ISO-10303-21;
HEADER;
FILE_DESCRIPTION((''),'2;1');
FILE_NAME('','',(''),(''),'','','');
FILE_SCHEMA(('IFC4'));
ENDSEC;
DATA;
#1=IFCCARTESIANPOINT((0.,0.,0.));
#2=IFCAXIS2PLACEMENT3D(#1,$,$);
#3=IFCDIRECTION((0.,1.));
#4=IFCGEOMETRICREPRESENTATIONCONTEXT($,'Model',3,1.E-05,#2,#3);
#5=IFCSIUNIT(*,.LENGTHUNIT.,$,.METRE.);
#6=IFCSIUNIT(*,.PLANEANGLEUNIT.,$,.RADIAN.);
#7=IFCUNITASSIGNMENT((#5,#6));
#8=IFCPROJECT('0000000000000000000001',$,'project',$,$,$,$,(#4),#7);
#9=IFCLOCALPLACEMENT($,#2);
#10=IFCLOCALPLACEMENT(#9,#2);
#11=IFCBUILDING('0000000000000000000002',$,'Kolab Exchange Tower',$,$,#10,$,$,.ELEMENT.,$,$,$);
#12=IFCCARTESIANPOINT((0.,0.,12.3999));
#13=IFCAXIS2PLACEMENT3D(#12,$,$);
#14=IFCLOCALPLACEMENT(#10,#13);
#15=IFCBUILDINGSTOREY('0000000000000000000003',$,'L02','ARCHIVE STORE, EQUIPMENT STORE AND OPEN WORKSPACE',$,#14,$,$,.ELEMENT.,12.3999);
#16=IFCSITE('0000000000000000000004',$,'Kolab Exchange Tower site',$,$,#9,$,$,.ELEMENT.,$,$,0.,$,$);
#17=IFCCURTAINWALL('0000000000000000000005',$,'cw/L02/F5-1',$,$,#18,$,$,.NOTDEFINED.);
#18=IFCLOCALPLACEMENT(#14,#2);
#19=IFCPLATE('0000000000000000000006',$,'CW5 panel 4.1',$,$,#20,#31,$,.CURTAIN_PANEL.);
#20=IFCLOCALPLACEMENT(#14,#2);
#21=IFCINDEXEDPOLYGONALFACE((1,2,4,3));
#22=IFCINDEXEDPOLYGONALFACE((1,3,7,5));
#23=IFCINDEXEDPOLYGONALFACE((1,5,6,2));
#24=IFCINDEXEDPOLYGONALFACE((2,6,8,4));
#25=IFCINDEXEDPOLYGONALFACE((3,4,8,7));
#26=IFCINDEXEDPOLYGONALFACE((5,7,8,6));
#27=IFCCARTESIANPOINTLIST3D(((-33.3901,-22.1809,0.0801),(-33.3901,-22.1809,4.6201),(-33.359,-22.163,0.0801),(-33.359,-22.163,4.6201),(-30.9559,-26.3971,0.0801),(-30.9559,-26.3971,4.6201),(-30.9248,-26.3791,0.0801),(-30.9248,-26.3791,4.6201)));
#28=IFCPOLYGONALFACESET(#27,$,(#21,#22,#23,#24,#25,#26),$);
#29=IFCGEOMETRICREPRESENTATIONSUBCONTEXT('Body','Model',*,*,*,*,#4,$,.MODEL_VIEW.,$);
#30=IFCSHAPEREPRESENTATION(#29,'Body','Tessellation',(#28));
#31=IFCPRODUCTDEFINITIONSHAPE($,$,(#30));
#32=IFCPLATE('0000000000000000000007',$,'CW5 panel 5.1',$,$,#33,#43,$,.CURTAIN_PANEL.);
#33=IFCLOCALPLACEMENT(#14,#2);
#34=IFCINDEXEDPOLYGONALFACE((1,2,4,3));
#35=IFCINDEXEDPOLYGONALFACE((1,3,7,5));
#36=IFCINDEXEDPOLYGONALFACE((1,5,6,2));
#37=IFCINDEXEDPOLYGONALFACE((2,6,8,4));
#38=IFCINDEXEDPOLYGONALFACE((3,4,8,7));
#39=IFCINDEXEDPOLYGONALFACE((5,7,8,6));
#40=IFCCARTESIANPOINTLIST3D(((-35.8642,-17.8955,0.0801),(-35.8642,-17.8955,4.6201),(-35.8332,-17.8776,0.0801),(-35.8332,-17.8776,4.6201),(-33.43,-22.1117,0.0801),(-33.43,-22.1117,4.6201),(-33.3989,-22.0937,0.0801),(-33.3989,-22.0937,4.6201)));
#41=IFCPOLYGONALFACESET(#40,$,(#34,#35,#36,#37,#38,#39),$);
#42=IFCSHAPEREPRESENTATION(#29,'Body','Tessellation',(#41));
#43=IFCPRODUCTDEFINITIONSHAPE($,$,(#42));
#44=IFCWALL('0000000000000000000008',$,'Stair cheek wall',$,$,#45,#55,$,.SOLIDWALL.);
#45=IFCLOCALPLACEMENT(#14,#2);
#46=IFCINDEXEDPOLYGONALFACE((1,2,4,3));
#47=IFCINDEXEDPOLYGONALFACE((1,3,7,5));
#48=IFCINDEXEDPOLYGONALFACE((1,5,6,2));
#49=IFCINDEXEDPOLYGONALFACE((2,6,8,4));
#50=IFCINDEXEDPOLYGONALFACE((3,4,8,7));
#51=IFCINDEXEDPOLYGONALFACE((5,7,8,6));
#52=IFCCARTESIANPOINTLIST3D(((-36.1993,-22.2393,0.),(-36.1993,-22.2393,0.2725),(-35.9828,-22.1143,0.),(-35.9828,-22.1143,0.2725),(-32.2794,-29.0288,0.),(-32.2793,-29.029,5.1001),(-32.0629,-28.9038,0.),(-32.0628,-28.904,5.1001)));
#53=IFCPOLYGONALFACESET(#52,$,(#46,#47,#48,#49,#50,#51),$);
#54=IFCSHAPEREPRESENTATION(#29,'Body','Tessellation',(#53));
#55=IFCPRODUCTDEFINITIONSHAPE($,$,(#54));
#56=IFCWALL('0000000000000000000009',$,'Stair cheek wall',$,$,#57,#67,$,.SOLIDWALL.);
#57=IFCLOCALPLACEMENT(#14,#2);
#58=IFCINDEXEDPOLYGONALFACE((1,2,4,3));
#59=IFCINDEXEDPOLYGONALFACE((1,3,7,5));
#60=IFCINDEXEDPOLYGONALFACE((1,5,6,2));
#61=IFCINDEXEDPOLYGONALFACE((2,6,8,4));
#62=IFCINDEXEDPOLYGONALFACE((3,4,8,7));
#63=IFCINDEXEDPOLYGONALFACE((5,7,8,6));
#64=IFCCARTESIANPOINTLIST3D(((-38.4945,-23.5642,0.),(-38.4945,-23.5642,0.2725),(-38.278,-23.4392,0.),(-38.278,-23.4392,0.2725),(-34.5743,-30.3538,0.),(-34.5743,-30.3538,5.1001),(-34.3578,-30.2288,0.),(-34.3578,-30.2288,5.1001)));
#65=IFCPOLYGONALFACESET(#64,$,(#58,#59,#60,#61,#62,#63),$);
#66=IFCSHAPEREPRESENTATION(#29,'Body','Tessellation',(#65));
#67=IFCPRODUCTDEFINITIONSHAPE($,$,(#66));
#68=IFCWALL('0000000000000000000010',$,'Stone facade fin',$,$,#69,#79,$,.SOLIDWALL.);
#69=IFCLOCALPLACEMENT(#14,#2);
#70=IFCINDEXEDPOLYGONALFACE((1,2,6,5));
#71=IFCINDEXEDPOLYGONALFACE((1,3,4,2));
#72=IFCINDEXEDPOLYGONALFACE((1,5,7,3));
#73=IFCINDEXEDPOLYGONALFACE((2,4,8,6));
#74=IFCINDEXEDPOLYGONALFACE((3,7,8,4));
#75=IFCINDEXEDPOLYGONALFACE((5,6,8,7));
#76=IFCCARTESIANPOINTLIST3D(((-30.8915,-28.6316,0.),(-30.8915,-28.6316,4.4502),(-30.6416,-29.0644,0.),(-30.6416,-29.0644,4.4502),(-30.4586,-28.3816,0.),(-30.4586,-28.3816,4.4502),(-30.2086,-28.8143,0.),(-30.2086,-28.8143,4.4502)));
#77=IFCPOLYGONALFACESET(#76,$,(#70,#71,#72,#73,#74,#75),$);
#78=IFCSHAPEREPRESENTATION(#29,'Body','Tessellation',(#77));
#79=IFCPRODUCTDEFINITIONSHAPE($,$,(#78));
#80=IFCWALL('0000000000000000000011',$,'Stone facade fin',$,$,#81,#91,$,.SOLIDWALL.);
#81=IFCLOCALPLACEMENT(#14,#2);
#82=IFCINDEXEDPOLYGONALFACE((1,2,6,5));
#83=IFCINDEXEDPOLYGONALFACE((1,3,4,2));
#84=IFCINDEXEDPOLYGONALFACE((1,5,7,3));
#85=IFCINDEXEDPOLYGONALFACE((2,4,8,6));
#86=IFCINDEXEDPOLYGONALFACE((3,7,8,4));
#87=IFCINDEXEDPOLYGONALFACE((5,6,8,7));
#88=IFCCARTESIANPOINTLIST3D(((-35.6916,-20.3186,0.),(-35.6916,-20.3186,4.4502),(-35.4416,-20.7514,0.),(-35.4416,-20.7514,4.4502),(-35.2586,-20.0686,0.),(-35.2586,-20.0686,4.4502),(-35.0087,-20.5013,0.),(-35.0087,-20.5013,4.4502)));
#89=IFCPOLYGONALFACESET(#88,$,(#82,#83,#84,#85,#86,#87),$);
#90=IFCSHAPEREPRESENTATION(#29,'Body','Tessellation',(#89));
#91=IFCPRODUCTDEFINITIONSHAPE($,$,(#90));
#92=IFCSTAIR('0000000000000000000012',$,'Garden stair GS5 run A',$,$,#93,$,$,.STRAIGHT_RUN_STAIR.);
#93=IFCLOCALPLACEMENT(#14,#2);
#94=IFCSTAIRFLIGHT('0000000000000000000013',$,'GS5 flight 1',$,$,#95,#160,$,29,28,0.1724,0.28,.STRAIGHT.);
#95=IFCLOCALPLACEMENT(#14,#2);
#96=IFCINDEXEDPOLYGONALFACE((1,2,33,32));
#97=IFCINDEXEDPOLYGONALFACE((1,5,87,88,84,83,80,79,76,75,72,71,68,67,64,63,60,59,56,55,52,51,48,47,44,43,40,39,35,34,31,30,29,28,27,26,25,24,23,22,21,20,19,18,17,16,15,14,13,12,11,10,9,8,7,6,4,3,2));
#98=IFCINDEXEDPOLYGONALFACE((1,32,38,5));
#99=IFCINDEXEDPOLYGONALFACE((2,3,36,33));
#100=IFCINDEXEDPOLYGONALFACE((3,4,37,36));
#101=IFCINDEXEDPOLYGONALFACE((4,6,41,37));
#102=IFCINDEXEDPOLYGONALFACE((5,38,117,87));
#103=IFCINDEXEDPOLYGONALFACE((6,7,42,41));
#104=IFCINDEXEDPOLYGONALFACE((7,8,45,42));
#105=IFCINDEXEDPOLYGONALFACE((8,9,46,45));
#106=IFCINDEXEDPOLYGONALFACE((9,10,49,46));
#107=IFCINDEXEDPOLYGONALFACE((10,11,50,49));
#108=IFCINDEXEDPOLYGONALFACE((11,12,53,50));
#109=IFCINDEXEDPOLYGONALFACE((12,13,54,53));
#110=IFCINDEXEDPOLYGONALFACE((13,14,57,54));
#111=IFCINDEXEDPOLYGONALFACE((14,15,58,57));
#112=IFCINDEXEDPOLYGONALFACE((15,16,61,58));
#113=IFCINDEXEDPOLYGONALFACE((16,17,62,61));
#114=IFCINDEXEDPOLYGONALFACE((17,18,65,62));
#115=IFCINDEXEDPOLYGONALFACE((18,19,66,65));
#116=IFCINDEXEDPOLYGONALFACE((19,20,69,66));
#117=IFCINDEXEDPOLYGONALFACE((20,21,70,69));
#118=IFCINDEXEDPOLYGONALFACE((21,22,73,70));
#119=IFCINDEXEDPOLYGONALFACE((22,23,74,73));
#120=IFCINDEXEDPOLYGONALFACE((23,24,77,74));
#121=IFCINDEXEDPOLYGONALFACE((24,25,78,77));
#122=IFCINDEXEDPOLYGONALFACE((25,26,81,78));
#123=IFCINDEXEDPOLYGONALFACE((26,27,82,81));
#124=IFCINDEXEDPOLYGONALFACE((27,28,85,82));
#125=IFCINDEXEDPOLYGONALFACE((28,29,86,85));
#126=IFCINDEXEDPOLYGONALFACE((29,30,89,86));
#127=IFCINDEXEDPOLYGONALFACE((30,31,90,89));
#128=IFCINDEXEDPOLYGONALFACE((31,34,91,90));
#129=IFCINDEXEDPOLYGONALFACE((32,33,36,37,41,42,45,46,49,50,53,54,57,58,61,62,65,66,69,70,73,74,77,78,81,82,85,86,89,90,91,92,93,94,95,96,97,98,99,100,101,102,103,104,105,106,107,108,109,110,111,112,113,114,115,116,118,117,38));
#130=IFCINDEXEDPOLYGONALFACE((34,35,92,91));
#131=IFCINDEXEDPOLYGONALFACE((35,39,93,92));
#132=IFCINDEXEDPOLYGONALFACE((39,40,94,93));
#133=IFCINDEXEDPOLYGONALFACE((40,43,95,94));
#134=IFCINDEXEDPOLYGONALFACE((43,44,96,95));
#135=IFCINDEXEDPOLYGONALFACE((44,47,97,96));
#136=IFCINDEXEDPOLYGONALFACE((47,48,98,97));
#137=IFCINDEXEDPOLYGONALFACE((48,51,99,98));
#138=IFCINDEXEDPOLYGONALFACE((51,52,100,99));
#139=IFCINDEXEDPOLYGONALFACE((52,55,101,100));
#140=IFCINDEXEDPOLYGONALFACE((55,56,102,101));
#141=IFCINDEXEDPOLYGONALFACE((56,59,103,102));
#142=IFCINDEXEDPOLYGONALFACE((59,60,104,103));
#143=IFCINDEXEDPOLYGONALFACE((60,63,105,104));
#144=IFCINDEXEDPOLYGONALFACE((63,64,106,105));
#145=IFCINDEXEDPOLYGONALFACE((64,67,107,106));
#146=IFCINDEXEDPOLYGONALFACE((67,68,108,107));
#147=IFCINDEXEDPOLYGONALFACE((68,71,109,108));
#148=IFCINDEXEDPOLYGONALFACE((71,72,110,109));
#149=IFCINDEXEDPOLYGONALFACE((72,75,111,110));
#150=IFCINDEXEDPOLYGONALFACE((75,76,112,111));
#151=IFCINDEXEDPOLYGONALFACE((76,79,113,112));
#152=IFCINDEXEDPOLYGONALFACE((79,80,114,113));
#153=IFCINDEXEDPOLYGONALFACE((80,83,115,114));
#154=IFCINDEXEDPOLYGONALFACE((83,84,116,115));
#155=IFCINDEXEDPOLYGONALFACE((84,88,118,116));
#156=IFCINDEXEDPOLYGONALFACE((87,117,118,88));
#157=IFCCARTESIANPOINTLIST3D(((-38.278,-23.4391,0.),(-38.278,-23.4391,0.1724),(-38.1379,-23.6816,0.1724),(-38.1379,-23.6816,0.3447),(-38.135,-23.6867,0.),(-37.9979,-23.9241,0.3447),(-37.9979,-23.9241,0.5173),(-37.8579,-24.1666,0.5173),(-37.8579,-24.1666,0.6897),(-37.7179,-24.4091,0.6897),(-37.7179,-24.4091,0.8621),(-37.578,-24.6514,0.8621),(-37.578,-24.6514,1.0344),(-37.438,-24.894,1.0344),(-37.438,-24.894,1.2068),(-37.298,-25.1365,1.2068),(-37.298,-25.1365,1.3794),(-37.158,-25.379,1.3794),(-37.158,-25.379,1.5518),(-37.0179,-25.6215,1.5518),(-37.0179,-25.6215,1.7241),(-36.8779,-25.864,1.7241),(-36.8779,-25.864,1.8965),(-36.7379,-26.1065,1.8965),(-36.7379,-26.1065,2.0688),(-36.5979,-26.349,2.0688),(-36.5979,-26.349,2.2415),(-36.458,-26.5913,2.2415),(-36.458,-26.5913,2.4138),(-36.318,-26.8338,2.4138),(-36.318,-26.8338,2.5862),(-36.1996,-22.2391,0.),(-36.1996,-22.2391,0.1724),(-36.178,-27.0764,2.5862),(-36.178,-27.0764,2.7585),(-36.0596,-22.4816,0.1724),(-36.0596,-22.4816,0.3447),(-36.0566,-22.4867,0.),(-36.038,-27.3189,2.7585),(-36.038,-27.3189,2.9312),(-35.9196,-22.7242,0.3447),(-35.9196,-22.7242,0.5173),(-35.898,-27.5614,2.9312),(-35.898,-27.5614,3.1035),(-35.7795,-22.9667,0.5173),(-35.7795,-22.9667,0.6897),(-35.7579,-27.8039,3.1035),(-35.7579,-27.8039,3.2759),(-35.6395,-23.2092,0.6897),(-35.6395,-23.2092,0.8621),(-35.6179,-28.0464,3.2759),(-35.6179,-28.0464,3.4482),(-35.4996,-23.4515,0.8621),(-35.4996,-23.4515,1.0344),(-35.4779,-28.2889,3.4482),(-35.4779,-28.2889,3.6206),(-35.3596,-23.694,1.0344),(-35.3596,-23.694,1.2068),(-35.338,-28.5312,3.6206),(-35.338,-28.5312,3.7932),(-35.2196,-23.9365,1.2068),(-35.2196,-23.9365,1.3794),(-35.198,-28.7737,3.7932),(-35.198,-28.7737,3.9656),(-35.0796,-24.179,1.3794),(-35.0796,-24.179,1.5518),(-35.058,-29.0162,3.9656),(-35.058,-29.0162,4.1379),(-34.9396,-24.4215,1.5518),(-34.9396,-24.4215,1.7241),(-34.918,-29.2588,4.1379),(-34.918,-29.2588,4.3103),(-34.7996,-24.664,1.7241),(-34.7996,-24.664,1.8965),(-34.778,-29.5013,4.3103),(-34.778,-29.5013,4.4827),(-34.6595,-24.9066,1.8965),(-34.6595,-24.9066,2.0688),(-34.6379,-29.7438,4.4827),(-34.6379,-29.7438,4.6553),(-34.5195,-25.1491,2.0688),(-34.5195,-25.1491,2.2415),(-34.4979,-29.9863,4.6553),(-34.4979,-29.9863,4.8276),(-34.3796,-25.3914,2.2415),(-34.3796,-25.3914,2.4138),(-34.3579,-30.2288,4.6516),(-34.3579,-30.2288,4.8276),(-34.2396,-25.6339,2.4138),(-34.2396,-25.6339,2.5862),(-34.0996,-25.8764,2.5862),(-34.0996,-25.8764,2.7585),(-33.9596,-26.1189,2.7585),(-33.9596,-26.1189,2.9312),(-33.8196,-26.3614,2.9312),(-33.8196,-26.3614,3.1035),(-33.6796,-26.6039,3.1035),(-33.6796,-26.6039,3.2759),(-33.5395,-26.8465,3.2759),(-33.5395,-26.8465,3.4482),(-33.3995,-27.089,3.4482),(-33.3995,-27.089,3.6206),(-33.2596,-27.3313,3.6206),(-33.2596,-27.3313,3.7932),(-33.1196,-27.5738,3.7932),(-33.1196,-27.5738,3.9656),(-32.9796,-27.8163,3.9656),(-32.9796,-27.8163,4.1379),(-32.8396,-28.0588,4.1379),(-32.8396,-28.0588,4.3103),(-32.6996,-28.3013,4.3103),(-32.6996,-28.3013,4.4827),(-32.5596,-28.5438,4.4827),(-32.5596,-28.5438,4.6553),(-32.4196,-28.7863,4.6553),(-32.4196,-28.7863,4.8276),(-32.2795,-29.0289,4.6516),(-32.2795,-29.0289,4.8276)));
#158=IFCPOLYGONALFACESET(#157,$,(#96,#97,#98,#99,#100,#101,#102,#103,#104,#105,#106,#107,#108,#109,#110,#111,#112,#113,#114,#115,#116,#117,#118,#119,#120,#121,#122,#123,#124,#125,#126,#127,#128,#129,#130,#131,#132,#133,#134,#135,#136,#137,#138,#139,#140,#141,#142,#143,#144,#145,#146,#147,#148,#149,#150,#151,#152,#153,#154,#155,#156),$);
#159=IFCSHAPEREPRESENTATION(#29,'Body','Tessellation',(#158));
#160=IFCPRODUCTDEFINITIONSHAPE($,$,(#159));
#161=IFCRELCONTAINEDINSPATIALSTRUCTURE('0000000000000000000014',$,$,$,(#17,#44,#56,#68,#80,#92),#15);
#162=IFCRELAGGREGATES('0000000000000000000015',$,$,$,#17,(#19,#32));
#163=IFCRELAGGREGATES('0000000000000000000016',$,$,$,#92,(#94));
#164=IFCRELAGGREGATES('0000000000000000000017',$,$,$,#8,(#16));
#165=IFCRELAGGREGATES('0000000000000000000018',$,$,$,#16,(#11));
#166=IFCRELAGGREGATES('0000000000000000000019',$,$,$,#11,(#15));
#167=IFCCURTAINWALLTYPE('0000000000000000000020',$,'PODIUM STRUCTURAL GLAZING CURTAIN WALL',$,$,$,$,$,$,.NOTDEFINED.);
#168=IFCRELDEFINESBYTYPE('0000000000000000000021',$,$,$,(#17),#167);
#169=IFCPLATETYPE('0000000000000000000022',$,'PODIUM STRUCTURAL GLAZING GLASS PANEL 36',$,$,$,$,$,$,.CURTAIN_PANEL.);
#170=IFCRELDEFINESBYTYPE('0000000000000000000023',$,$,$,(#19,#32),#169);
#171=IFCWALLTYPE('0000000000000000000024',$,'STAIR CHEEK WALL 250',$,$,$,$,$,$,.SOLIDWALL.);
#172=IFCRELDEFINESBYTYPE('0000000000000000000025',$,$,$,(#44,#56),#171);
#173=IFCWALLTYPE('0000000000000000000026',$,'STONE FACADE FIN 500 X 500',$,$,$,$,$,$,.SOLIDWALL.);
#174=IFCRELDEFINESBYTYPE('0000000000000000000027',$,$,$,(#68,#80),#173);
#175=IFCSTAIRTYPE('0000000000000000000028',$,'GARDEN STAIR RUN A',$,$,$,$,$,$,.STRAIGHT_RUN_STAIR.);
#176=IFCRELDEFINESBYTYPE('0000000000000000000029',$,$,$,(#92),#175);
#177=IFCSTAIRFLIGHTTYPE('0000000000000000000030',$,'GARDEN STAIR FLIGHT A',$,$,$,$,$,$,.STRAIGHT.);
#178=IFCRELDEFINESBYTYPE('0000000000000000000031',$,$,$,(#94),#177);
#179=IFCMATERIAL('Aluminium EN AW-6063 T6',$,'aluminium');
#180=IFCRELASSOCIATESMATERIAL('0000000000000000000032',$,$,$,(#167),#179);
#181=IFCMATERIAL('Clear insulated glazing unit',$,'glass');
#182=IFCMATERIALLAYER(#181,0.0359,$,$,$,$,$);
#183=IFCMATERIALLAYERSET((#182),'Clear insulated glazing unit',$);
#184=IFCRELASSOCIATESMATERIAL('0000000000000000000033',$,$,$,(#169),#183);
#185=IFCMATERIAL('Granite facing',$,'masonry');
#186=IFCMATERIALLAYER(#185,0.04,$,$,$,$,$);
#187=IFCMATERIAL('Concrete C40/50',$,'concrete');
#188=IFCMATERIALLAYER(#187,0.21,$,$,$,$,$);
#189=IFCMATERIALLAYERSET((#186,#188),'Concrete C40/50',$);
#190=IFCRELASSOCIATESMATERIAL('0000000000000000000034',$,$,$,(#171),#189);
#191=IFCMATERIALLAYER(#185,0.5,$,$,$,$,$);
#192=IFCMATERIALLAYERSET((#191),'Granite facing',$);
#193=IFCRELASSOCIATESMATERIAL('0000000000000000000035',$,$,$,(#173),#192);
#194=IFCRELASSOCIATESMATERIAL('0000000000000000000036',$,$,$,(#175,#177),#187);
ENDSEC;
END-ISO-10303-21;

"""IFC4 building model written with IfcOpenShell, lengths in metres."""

from ifc_helpers import new_model, si_unit, direction, frame, frame_2d, origin, origin_2d, place, context, subcontext, project, spatial, polyline, rectangle, outline, extrude, material, layer, layer_set, type_object, element, aggregate, save


model = new_model("IFC4")

# Units and contexts
model_context = context("Model", 3, precision=1e-05, world=origin(), true_north=direction((0.0, 1.0)))
body_context = subcontext(model_context, "Body", "Model", "MODEL_VIEW")
ifc_project = project(units=[si_unit("LENGTHUNIT", "METRE"), si_unit("PLANEANGLEUNIT", "RADIAN")], contexts=[model_context])

# Site, building, storey
site_placement = place(None, origin())
site = spatial("IfcSite", under=ifc_project, at=site_placement, Name="Kolab Exchange Tower site", CompositionType="ELEMENT", RefElevation=0.0)
building_placement = place(site_placement, origin())
building = spatial("IfcBuilding", under=site, at=building_placement, Name="Kolab Exchange Tower", CompositionType="ELEMENT")
storey_placement = place(building_placement, frame((0.0, 0.0, 12.3999)))
storey = spatial("IfcBuildingStorey", under=building, at=storey_placement, Name="L02", Description="ARCHIVE STORE, EQUIPMENT STORE AND OPEN WORKSPACE", CompositionType="ELEMENT", Elevation=12.3999)

# Curtain wall
ifc_material_1 = material(Name="Aluminium EN AW-6063 T6", Category="aluminium")
curtain_wall_type = type_object("IfcCurtainWallType", Name="PODIUM STRUCTURAL GLAZING CURTAIN WALL", PredefinedType="NOTDEFINED", material=ifc_material_1)
curtain_wall_placement = place(storey_placement, origin())
curtain_wall = element("IfcCurtainWall", 1, at=curtain_wall_placement, inside=storey, type_object=curtain_wall_type, Name="cw/L02/F5-1", PredefinedType="NOTDEFINED")

# Plates
ifc_material_2 = material(Name="Clear insulated glazing unit", Category="glass")
ifc_layer_1 = layer(ifc_material_2, 0.0359)
ifc_layer_set_1 = layer_set([ifc_layer_1], Name="Clear insulated glazing unit")
plate_type = type_object("IfcPlateType", Name="PODIUM STRUCTURAL GLAZING GLASS PANEL 36", PredefinedType="CURTAIN_PANEL", material=ifc_layer_set_1)
plate_1_placement = place(storey_placement, frame((-32.1575, -24.28, 0.0801), z_axis=(0.0, 0.0, 1.0), x_axis=(-0.5, 0.866025, 0.0)))
plate_1 = element("IfcPlate", 2, at=plate_1_placement, type_object=plate_type, Name="CW5 panel 4.1", PredefinedType="CURTAIN_PANEL", context=body_context, shape_type="SweptSolid", body=[
    extrude(rectangle(XDim=4.8684, YDim=0.0359, at=origin_2d()), origin(), (0.0, 0.0, 1.0), 4.54),
])
plate_2_placement = place(storey_placement, frame((-34.6316, -19.9946, 0.0801), z_axis=(0.0, 0.0, 1.0), x_axis=(-0.5, 0.866025, 0.0)))
plate_2 = element("IfcPlate", 3, at=plate_2_placement, type_object=plate_type, Name="CW5 panel 5.1", PredefinedType="CURTAIN_PANEL", context=body_context, shape_type="SweptSolid", body=[
    extrude(rectangle(XDim=4.8684, YDim=0.0359, at=origin_2d()), origin(), (0.0, 0.0, 1.0), 4.54),
])
aggregate(curtain_wall, [plate_1, plate_2])

# Walls
ifc_material_3 = material(Name="Granite facing", Category="masonry")
ifc_layer_2 = layer(ifc_material_3, 0.04)
ifc_material_4 = material(Name="Concrete C40/50", Category="concrete")
ifc_layer_3 = layer(ifc_material_4, 0.21)
ifc_layer_set_2 = layer_set([ifc_layer_2, ifc_layer_3], Name="Concrete C40/50")
wall_type_1 = type_object("IfcWallType", Name="STAIR CHEEK WALL 250", PredefinedType="SOLIDWALL", material=ifc_layer_set_2)
wall_1_placement = place(storey_placement, frame((-36.0911, -22.1768, 0.0), z_axis=(0.0, 0.0, 1.0), x_axis=(0.499997, -0.866027, 0.0)))
element("IfcWall", 4, at=wall_1_placement, inside=storey, type_object=wall_type_1, Name="Stair cheek wall", PredefinedType="SOLIDWALL", context=body_context, shape_type="SweptSolid", body=[
    extrude(outline(polyline([(0.0, 0.0), (7.8398, 0.0), (7.8401, 5.1001), (0.0, 0.2725), (0.0, 0.0)])), frame((0.0, 0.125, 0.0), z_axis=(0.0, -1.0, 0.0), x_axis=(1.0, 0.0, 0.0)), (0.0, 0.0, 1.0), 0.25),
])
wall_2_placement = place(storey_placement, frame((-38.3862, -23.5017, 0.0), z_axis=(0.0, 0.0, 1.0), x_axis=(0.500021, -0.866013, 0.0)))
element("IfcWall", 5, at=wall_2_placement, inside=storey, type_object=wall_type_1, Name="Stair cheek wall", PredefinedType="SOLIDWALL", context=body_context, shape_type="SweptSolid", body=[
    extrude(outline(polyline([(0.0, 0.0), (7.8401, 0.0), (7.8401, 5.1001), (0.0, 0.2725), (0.0, 0.0)])), frame((0.0, 0.125, 0.0), z_axis=(0.0, -1.0, 0.0), x_axis=(1.0, 0.0, 0.0)), (0.0, 0.0, 1.0), 0.25),
])
ifc_layer_4 = layer(ifc_material_3, 0.5)
ifc_layer_set_3 = layer_set([ifc_layer_4], Name="Granite facing")
wall_type_2 = type_object("IfcWallType", Name="STONE FACADE FIN 500 X 500", PredefinedType="SOLIDWALL", material=ifc_layer_set_3)
for number, where, z_axis, x_axis, name in (
    (6, (-30.425, -28.9395, 0.0), (0.0, 0.0, 1.0), (-0.500131, 0.86595, 0.0), "Stone facade fin"),
    (7, (-35.2251, -20.6265, 0.0), (0.0, 0.0, 1.0), (-0.500131, 0.86595, 0.0), "Stone facade fin"),
):
    element("IfcWall", number, at=place(storey_placement, frame(where, z_axis=z_axis, x_axis=x_axis)), inside=storey, type_object=wall_type_2, Name=name, PredefinedType="SOLIDWALL", context=body_context, shape_type="SweptSolid", body=[
        extrude(rectangle(XDim=0.4998, YDim=0.5, at=frame_2d((0.25, 0.0))), origin(), (0.0, 0.0, 1.0), 4.4502),
    ])

# Stair, stair flight
stair_type = type_object("IfcStairType", Name="GARDEN STAIR RUN A", PredefinedType="STRAIGHT_RUN_STAIR", material=ifc_material_4)
stair_placement = place(storey_placement, origin())
stair = element("IfcStair", 8, at=stair_placement, inside=storey, type_object=stair_type, Name="Garden stair GS5 run A", PredefinedType="STRAIGHT_RUN_STAIR")
stair_flight_type = type_object("IfcStairFlightType", Name="GARDEN STAIR FLIGHT A", PredefinedType="STRAIGHT", material=ifc_material_4)
stair_flight_placement = place(storey_placement, frame((-37.2388, -22.8391, 0.0), z_axis=(0.0, 0.0, 1.0), x_axis=(0.5, -0.866025, 0.0)))
stair_flight = element("IfcStairFlight", 9, at=stair_flight_placement, type_object=stair_flight_type, Name="GS5 flight 1", NumberOfRisers=29, NumberOfTreads=28, PredefinedType="STRAIGHT", RiserHeight=0.1724, TreadLength=0.28, context=body_context, shape_type="SweptSolid", body=[
    extrude(outline(polyline([(0.0, 0.0), (0.0, 0.1724), (0.28, 0.1724), (0.28, 0.3447), (0.5601, 0.3447), (0.5601, 0.5173), (0.8401, 0.5173), (0.8401, 0.6897), (1.1201, 0.6897), (1.1201, 0.8621), (1.3999, 0.8621), (1.3999, 1.0344), (1.6799, 1.0344), (1.6799, 1.2068), (1.96, 1.2068), (1.96, 1.3794), (2.24, 1.3794), (2.24, 1.5518), (2.52, 1.5518), (2.52, 1.7241), (2.8, 1.7241), (2.8, 1.8965), (3.0801, 1.8965), (3.0801, 2.0688), (3.3601, 2.0688), (3.3601, 2.2415), (3.6399, 2.2415), (3.6399, 2.4138), (3.9199, 2.4138), (3.9199, 2.5862), (4.2, 2.5862), (4.2, 2.7585), (4.48, 2.7585), (4.48, 2.9312), (4.76, 2.9312), (4.76, 3.1035), (5.04, 3.1035), (5.04, 3.2759), (5.3201, 3.2759), (5.3201, 3.4482), (5.6001, 3.4482), (5.6001, 3.6206), (5.8799, 3.6206), (5.8799, 3.7932), (6.1599, 3.7932), (6.1599, 3.9656), (6.4399, 3.9656), (6.4399, 4.1379), (6.72, 4.1379), (6.72, 4.3103), (7.0, 4.3103), (7.0, 4.4827), (7.28, 4.4827), (7.28, 4.6553), (7.5601, 4.6553), (7.5601, 4.8276), (7.8401, 4.8276), (7.8401, 5.0), (7.8401, 4.6516), (0.2859, 0.0), (0.0, 0.0)])), frame((0.0, 1.2, 0.0), z_axis=(0.0, -1.0, 0.0), x_axis=(1.0, 0.0, 0.0)), (0.0, 0.0, 1.0), 2.3999),
])
aggregate(stair, [stair_flight])

save(model, "model.ifc")
